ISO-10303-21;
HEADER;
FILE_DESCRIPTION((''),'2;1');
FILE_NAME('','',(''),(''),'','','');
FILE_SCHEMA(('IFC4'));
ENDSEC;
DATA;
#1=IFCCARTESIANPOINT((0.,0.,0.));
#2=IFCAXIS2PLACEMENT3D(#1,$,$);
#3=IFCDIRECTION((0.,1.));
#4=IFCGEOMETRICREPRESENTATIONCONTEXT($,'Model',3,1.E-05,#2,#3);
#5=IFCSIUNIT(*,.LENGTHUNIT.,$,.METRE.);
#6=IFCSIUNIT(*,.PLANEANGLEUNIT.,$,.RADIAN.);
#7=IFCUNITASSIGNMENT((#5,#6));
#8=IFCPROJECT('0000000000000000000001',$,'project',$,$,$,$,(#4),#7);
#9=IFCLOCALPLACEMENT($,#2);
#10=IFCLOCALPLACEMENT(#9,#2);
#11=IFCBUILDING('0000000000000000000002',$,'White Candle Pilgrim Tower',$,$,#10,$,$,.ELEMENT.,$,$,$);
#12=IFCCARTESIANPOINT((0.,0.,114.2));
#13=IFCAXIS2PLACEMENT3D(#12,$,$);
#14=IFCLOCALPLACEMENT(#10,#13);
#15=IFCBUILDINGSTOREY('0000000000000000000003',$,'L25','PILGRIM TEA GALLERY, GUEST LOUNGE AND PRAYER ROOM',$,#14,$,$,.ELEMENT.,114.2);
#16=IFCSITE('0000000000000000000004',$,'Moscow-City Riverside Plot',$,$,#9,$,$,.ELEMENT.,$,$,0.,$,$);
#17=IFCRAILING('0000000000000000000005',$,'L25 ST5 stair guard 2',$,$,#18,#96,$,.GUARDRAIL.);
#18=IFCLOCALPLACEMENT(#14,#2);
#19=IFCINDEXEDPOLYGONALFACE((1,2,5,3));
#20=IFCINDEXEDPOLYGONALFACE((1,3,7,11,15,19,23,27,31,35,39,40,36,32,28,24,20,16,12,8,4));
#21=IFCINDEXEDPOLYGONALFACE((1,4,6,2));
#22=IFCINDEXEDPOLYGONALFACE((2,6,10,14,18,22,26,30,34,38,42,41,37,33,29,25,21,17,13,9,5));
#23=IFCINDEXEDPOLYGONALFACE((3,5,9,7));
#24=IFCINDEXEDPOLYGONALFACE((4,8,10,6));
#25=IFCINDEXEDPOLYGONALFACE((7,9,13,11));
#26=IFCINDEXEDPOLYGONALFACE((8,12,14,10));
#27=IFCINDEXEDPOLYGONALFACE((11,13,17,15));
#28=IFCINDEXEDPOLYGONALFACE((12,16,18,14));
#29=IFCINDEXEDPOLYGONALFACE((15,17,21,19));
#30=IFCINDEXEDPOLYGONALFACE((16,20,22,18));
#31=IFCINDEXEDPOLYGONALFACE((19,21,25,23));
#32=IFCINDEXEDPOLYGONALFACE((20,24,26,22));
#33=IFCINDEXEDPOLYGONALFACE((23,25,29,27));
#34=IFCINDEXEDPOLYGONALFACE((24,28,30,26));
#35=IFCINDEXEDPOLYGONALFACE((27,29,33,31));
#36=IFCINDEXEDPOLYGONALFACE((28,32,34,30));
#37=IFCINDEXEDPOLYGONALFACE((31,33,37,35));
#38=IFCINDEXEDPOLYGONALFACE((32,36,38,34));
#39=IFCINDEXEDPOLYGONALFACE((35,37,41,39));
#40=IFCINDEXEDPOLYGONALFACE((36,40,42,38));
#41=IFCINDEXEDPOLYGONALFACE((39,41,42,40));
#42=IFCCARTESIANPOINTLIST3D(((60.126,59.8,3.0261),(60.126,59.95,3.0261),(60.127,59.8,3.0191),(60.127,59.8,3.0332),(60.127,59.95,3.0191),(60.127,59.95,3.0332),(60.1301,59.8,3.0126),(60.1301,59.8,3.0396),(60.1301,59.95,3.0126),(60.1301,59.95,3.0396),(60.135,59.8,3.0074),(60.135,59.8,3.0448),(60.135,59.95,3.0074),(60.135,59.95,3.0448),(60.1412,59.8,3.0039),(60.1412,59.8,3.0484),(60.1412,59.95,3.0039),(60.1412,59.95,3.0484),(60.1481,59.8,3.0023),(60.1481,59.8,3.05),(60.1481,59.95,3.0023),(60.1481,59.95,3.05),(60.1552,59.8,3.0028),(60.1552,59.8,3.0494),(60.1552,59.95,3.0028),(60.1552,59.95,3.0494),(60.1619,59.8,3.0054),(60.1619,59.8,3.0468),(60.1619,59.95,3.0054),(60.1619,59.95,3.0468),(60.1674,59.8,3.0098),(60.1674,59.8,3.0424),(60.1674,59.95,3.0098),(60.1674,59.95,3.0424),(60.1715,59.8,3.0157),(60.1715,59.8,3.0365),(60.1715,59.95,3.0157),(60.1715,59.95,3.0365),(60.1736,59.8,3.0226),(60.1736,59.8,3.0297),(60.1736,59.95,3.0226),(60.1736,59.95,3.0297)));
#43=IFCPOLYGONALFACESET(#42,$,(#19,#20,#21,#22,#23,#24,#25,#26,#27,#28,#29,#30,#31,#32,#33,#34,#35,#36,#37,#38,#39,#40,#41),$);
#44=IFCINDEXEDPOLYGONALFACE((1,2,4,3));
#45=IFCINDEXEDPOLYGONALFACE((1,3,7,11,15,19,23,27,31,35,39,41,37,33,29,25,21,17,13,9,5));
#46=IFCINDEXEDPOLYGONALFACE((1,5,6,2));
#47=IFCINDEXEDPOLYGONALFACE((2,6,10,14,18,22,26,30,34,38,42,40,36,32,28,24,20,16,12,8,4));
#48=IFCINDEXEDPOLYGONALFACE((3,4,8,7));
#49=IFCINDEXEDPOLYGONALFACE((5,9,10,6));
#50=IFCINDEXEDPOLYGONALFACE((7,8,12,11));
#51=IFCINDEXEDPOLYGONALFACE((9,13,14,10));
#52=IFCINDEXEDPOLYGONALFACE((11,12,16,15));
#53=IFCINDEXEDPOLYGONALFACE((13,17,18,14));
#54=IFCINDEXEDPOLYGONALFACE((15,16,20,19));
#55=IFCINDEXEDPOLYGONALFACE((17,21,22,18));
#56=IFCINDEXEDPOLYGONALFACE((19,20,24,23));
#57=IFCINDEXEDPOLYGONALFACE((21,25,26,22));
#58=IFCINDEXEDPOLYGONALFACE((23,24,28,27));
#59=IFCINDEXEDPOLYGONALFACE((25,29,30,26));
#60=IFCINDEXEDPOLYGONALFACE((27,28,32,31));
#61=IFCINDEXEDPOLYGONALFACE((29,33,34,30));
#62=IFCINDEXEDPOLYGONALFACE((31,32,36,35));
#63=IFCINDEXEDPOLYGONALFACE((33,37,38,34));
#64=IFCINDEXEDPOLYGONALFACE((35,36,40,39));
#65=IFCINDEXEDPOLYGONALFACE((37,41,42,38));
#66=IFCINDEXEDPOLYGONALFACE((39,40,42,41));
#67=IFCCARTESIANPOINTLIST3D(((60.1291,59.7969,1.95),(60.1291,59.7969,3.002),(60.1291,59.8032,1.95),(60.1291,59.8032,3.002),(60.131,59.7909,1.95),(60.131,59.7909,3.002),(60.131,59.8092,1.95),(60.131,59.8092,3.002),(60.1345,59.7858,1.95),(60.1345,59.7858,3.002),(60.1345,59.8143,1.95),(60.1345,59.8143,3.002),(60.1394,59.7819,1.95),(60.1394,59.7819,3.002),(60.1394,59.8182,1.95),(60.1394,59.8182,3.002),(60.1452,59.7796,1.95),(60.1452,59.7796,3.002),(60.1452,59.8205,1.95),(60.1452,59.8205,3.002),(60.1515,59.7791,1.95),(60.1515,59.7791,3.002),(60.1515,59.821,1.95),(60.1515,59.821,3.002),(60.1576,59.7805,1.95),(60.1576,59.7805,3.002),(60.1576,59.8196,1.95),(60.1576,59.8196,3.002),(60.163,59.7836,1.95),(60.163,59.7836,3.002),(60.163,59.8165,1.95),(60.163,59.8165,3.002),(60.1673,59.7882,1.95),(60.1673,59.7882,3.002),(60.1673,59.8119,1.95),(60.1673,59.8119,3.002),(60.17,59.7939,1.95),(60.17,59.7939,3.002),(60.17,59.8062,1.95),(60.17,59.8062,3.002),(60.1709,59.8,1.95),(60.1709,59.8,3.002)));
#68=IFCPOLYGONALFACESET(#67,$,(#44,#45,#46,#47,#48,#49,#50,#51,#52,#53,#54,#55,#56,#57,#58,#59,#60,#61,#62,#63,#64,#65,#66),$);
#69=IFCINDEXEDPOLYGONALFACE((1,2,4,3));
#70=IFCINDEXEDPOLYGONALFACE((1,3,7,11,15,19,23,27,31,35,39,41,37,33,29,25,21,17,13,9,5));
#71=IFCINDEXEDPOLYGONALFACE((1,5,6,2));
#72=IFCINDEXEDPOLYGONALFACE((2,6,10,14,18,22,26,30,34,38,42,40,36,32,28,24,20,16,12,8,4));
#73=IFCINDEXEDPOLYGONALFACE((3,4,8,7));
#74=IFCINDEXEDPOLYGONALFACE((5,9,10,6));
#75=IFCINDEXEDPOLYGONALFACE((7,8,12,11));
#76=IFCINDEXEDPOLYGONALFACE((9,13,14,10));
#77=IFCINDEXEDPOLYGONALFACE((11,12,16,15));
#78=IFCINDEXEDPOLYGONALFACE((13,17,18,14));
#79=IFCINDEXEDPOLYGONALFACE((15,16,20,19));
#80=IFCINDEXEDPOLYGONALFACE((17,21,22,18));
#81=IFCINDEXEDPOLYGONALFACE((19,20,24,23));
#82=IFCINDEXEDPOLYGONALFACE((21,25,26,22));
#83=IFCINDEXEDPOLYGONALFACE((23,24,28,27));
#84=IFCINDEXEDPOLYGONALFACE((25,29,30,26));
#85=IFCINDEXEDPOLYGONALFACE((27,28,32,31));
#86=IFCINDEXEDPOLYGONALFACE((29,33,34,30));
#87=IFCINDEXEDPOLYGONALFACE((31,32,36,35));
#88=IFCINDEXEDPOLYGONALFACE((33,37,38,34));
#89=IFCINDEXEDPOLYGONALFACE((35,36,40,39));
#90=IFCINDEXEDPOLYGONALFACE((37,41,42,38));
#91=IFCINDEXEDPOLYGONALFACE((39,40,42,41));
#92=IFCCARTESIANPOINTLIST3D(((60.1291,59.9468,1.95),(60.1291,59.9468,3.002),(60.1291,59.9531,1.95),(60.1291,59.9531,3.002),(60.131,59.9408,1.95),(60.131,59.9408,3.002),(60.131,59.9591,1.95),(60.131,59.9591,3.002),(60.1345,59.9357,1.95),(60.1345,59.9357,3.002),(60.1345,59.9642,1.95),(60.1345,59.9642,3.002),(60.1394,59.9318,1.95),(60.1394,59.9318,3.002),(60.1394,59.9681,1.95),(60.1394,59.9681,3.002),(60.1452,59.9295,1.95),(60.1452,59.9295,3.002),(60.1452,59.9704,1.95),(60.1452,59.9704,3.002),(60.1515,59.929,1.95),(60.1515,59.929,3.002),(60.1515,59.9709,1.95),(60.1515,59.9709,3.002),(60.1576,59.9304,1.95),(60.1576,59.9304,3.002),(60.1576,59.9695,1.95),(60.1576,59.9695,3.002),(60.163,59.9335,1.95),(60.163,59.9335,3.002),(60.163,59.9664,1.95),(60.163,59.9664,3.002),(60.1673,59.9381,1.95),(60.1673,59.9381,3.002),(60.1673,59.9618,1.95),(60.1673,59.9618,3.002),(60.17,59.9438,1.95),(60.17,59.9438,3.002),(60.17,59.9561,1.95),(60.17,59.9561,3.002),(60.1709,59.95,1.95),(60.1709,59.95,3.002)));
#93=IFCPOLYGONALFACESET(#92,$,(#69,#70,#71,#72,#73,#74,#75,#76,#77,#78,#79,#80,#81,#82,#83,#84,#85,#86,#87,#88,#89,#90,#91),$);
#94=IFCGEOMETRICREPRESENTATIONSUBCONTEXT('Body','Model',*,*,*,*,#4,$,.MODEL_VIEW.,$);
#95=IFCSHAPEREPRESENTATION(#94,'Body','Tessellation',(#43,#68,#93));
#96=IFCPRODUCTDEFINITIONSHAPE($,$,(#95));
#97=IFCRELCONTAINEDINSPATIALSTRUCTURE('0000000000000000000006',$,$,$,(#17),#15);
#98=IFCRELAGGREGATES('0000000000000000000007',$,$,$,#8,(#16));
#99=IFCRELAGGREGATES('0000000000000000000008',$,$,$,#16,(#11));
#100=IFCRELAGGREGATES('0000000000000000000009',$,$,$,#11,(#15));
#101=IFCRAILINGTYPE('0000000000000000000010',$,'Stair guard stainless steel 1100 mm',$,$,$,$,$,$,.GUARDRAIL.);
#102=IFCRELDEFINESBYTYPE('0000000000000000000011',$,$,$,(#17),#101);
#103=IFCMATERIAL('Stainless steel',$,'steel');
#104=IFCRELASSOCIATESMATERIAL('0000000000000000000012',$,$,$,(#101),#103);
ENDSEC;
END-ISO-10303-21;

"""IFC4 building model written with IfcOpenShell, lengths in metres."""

from ifc_helpers import new_model, si_unit, direction, frame, origin, origin_2d, place, context, subcontext, project, spatial, circle, extrude, material, type_object, element, save


model = new_model("IFC4")

# Units and contexts
model_context = context("Model", 3, precision=1e-05, world=origin(), true_north=direction((0.0, 1.0)))
body_context = subcontext(model_context, "Body", "Model", "MODEL_VIEW")
ifc_project = project(units=[si_unit("LENGTHUNIT", "METRE"), si_unit("PLANEANGLEUNIT", "RADIAN")], contexts=[model_context])

# Site, building, storey
site_placement = place(None, origin())
site = spatial("IfcSite", under=ifc_project, at=site_placement, Name="Moscow-City Riverside Plot", CompositionType="ELEMENT", RefElevation=0.0)
building_placement = place(site_placement, origin())
building = spatial("IfcBuilding", under=site, at=building_placement, Name="White Candle Pilgrim Tower", CompositionType="ELEMENT")
storey_placement = place(building_placement, frame((0.0, 0.0, 114.2)))
storey = spatial("IfcBuildingStorey", under=building, at=storey_placement, Name="L25", Description="PILGRIM TEA GALLERY, GUEST LOUNGE AND PRAYER ROOM", CompositionType="ELEMENT", Elevation=114.2)

# Railing
ifc_material_1 = material(Name="Stainless steel", Category="steel")
railing_type_1 = type_object("IfcRailingType", Name="Stair guard stainless steel 1100 mm", PredefinedType="GUARDRAIL", material=ifc_material_1)
railing_1_placement = place(storey_placement, frame((60.1499, 59.8, 1.95)))
element("IfcRailing", 1, at=railing_1_placement, inside=storey, type_object=railing_type_1, Name="L25 ST5 stair guard 2", PredefinedType="GUARDRAIL", context=body_context, shape_type="SweptSolid", body=[
    extrude(circle(Radius=0.0239, at=origin_2d()), frame((0.0, 0.0, 1.0762), z_axis=(0.0, 1.0, 0.0), x_axis=(-1.0, 0.0, 0.0)), (0.0, 0.0, 1.0), 0.1499),
    extrude(circle(Radius=0.021, at=origin_2d()), origin(), (0.0, 0.0, 1.0), 1.052),
    extrude(circle(Radius=0.021, at=origin_2d()), frame((0.0, 0.1499, 0.0)), (0.0, 0.0, 1.0), 1.052),
])

save(model, "model.ifc")
